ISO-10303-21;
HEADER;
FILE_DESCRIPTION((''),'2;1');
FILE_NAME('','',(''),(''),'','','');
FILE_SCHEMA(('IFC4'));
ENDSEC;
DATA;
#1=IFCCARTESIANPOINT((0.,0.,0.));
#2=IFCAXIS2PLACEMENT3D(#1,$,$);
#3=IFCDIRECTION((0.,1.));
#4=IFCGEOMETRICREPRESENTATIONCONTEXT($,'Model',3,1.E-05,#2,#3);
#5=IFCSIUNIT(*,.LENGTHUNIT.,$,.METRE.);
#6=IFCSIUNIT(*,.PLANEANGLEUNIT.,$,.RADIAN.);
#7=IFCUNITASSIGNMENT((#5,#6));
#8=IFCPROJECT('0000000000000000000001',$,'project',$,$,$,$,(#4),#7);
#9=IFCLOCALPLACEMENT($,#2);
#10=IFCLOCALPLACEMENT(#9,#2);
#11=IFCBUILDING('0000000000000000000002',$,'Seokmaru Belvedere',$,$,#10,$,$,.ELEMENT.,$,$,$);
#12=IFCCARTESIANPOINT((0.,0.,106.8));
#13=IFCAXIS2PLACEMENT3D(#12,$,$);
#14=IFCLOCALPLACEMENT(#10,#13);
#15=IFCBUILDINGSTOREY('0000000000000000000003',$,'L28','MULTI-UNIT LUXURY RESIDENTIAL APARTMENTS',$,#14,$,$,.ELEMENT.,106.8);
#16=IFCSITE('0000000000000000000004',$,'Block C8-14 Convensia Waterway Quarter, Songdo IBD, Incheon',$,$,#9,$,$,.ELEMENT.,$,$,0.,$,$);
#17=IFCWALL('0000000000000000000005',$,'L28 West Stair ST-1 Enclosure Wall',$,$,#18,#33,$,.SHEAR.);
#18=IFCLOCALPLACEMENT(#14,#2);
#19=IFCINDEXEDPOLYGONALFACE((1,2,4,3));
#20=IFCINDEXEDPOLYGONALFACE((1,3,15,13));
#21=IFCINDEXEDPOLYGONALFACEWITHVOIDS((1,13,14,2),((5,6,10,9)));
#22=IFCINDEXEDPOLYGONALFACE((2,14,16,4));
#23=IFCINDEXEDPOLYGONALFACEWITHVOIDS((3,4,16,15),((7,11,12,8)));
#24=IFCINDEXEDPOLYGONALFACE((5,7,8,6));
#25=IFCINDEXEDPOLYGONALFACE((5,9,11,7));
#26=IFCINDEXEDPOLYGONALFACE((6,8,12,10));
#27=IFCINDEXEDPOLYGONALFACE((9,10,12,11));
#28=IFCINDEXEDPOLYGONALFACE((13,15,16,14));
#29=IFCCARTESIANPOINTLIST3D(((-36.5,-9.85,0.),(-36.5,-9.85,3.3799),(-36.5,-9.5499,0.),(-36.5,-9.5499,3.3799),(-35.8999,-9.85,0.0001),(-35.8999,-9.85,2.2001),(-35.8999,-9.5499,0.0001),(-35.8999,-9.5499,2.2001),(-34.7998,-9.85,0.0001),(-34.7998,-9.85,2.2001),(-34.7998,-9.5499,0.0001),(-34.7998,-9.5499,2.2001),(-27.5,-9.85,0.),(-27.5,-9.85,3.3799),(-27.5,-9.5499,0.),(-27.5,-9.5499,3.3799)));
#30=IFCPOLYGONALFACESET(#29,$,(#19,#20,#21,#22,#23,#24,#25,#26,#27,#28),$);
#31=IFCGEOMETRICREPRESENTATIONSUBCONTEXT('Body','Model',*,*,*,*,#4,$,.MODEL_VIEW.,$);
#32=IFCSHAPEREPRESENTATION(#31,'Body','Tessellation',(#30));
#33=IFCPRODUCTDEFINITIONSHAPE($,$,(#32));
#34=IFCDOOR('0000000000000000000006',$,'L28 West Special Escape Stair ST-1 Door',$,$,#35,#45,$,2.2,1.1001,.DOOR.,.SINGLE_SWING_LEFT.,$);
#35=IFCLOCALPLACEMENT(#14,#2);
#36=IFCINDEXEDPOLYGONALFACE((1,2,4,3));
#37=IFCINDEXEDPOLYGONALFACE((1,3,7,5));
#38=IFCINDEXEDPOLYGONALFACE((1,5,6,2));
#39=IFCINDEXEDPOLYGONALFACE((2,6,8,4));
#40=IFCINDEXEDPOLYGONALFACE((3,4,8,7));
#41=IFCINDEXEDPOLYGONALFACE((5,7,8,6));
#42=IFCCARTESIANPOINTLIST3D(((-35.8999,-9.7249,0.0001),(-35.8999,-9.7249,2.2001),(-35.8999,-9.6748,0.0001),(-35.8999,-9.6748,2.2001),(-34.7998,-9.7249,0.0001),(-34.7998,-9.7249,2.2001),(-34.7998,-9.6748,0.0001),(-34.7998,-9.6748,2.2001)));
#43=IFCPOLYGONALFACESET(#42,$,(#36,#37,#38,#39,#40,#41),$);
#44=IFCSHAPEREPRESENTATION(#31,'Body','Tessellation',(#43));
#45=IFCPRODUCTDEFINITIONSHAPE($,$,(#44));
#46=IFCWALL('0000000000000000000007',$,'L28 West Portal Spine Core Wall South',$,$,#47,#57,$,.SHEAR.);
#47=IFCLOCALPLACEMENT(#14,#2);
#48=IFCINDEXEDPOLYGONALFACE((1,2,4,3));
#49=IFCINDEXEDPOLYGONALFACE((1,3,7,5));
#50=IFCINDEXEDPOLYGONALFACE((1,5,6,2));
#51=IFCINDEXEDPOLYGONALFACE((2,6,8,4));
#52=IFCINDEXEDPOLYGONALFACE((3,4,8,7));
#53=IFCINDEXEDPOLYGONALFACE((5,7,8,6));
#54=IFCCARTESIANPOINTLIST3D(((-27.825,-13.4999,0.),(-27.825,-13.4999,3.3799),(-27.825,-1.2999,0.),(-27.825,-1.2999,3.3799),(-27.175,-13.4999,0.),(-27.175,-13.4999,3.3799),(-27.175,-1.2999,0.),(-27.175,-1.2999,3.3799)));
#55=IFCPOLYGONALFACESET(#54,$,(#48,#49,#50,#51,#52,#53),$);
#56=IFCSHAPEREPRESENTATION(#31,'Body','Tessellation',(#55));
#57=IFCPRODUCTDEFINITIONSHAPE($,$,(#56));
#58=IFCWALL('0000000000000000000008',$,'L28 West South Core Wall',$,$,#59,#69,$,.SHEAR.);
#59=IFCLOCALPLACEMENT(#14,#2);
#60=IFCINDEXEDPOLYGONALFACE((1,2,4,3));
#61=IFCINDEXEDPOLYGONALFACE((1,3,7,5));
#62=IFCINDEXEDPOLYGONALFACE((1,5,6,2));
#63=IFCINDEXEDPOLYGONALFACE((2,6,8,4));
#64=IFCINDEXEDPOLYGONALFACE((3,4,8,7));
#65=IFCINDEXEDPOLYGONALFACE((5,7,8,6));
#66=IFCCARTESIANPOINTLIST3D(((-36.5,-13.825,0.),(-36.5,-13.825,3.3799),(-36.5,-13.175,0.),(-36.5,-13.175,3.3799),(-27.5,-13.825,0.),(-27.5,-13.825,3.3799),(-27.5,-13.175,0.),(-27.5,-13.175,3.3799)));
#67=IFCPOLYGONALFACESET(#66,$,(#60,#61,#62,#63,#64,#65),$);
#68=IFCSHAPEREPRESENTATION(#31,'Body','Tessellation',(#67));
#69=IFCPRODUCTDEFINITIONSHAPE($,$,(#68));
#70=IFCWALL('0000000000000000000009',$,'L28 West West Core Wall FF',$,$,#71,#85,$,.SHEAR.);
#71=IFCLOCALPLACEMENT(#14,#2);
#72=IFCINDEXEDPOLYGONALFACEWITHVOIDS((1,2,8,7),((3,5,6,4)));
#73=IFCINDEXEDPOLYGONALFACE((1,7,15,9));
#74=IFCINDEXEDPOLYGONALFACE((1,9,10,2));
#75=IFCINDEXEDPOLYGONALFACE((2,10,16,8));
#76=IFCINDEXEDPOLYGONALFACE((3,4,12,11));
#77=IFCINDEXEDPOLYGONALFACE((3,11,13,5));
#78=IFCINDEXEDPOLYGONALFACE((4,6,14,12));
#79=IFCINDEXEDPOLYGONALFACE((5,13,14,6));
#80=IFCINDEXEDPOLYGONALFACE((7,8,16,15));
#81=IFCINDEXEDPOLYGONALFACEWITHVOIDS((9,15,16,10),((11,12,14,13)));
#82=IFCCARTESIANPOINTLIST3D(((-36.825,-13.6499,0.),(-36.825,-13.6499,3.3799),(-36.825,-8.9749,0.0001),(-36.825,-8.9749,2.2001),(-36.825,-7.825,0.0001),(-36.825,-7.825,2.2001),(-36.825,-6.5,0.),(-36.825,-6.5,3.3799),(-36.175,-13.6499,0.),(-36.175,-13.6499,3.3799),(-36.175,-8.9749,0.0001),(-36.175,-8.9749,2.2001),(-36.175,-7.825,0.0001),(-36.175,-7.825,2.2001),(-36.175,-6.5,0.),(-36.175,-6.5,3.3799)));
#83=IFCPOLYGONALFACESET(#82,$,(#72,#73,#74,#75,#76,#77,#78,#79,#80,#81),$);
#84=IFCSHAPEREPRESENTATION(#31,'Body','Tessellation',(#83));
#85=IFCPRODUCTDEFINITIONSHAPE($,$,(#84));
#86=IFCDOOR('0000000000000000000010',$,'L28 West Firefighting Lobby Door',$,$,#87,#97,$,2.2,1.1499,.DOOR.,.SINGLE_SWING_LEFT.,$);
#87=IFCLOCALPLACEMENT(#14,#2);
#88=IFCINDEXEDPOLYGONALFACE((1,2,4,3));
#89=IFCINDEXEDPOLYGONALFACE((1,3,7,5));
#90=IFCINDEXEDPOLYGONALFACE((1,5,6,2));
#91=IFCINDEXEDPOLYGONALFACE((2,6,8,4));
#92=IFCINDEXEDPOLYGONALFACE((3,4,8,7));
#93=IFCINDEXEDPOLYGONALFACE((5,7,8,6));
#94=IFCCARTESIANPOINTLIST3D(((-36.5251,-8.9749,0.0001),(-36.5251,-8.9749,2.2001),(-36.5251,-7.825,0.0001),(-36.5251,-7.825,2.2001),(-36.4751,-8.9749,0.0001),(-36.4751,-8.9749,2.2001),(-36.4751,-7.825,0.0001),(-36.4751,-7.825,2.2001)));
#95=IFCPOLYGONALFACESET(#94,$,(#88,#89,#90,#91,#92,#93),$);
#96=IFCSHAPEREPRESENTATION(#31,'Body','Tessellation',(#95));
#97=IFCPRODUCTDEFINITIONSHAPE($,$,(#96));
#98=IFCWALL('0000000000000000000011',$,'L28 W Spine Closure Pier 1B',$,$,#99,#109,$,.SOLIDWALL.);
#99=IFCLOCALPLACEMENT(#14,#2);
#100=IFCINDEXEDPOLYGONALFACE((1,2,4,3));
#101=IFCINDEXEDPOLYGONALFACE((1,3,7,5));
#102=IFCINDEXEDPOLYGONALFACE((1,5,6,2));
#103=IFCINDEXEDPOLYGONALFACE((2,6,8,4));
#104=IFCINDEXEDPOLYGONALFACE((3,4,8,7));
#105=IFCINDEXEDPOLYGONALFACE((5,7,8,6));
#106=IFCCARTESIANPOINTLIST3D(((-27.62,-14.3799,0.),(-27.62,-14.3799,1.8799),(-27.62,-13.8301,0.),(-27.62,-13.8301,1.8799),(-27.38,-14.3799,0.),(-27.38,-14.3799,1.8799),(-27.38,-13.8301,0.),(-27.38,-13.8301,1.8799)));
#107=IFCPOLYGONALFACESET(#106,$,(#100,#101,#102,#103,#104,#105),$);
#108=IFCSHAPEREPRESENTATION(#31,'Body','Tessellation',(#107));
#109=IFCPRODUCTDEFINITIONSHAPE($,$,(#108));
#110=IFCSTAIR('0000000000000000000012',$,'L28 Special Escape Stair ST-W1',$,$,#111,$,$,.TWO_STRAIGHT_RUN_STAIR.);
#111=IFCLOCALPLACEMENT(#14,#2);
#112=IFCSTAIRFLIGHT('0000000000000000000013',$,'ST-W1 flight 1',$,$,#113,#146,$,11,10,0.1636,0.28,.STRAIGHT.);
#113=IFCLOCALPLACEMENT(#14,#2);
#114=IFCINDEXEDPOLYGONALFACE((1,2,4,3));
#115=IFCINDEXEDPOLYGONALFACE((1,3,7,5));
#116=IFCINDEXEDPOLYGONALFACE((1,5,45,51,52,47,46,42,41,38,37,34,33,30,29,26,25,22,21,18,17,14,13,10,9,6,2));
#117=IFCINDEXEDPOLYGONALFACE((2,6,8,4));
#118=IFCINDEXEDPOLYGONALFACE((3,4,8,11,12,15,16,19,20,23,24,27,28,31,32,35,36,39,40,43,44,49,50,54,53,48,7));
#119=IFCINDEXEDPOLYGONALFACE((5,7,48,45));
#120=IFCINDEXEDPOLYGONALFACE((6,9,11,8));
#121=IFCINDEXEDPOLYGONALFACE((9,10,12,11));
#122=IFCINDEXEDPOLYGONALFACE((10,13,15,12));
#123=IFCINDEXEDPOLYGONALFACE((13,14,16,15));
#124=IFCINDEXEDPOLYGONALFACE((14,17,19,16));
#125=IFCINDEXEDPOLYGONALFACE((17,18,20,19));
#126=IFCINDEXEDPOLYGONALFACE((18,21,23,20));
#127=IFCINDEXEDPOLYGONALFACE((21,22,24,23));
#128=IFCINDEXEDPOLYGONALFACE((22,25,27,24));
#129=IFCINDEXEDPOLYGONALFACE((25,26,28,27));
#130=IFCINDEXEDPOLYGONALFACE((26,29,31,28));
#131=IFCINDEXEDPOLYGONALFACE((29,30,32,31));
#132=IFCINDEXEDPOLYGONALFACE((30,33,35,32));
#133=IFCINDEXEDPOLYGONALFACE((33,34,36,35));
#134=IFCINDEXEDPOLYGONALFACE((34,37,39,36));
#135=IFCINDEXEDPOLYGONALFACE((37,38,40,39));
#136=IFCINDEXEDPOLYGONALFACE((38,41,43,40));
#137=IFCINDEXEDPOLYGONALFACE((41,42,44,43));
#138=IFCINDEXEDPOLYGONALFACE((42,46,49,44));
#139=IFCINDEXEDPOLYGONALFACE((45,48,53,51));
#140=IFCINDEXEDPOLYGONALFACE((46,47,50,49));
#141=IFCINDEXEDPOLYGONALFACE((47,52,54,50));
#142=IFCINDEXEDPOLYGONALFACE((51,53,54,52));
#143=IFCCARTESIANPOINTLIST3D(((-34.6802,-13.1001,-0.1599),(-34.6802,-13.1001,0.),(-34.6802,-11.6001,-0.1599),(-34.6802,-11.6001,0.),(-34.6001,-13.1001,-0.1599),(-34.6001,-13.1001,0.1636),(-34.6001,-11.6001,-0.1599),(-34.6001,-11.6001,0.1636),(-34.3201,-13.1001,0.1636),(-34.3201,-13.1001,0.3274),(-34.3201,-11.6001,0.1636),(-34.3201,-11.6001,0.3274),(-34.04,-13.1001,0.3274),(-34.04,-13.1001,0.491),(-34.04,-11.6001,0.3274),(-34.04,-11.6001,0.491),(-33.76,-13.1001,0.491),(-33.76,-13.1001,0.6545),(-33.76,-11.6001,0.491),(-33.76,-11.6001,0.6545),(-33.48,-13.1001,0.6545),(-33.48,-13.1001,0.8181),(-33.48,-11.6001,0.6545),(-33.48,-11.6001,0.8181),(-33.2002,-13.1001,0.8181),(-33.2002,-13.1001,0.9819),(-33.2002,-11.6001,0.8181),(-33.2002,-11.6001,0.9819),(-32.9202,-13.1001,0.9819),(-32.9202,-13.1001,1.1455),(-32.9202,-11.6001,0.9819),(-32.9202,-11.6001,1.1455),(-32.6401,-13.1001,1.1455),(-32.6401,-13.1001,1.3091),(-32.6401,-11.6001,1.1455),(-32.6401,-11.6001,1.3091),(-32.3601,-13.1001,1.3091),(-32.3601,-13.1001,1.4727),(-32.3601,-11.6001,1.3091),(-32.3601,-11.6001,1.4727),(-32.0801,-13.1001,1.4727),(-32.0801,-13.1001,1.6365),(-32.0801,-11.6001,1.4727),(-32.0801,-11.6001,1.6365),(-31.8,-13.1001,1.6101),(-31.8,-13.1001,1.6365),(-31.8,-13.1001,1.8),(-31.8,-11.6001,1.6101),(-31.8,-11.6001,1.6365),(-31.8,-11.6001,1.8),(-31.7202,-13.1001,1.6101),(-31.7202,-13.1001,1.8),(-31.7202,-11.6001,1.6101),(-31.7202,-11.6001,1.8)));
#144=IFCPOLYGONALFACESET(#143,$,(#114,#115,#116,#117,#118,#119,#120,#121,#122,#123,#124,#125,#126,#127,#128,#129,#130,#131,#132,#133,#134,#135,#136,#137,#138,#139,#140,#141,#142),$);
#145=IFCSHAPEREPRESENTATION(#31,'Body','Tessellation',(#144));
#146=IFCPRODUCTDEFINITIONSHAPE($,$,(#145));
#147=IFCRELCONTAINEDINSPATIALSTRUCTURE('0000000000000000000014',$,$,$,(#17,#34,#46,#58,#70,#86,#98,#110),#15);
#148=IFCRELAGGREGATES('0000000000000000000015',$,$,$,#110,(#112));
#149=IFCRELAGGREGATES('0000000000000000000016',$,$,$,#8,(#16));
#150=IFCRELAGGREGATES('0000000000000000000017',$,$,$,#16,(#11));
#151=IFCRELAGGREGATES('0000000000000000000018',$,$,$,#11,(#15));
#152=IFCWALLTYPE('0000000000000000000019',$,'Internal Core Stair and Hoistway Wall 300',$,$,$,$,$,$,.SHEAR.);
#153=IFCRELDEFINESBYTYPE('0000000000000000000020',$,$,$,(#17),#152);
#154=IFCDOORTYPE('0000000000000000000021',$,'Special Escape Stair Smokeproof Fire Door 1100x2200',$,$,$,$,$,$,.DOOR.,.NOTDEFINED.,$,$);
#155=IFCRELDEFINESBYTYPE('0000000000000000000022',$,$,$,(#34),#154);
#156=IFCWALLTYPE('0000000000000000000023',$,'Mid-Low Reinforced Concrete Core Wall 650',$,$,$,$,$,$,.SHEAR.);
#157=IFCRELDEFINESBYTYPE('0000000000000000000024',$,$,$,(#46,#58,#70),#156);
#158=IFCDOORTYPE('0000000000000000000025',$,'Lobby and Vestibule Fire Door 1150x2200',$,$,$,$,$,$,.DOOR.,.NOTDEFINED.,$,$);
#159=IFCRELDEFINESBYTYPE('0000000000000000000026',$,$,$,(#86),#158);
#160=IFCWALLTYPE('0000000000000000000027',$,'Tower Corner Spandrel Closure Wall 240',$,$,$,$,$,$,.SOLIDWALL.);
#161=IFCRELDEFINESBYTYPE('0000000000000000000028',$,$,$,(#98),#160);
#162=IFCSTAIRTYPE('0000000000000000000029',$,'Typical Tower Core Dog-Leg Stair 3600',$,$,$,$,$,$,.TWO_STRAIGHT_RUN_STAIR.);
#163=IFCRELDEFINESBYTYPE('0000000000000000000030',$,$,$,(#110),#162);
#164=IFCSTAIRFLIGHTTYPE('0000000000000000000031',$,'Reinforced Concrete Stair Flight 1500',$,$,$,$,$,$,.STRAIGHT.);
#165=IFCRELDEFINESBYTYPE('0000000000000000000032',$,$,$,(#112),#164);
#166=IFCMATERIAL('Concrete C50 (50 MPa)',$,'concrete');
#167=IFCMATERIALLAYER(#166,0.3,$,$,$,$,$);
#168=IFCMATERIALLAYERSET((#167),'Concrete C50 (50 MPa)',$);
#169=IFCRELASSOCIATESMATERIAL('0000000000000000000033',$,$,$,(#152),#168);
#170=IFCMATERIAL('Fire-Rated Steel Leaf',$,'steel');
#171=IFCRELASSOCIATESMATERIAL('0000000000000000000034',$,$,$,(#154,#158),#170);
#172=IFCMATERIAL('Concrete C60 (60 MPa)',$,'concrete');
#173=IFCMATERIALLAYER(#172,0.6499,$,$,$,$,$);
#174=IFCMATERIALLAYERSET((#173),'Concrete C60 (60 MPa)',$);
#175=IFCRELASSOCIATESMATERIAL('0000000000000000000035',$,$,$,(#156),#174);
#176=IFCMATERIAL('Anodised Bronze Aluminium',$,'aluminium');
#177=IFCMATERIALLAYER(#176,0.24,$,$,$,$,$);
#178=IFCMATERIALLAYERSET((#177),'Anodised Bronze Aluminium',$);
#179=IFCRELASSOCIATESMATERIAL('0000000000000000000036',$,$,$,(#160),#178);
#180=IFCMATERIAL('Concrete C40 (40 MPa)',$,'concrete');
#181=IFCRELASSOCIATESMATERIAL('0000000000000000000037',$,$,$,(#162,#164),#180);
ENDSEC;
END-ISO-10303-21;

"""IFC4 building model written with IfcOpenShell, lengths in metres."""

from ifc_helpers import new_model, si_unit, direction, frame, frame_2d, origin, place, context, subcontext, project, spatial, polyline, rectangle, outline, extrude, source, transform, mapped, material, layer, layer_set, type_object, type_shapes, element, fill, aggregate, save


model = new_model("IFC4")

# Units and contexts
model_context = context("Model", 3, precision=1e-05, world=origin(), true_north=direction((0.0, 1.0)))
body_context = subcontext(model_context, "Body", "Model", "MODEL_VIEW")
ifc_project = project(units=[si_unit("LENGTHUNIT", "METRE"), si_unit("PLANEANGLEUNIT", "RADIAN")], contexts=[model_context])

# Site, building, storey
site_placement = place(None, origin())
site = spatial("IfcSite", under=ifc_project, at=site_placement, Name="Block C8-14 Convensia Waterway Quarter, Songdo IBD, Incheon", CompositionType="ELEMENT", RefElevation=0.0)
building_placement = place(site_placement, origin())
building = spatial("IfcBuilding", under=site, at=building_placement, Name="Seokmaru Belvedere", CompositionType="ELEMENT")
storey_placement = place(building_placement, frame((0.0, 0.0, 106.8)))
storey = spatial("IfcBuildingStorey", under=building, at=storey_placement, Name="L28", Description="MULTI-UNIT LUXURY RESIDENTIAL APARTMENTS", CompositionType="ELEMENT", Elevation=106.8)

# Shared definitions
ifc_material_1 = material(Name="Anodised Bronze Aluminium", Category="aluminium")

# Wall, opening, door
ifc_material_2 = material(Name="Concrete C50 (50 MPa)", Category="concrete")
ifc_layer_1 = layer(ifc_material_2, 0.3)
ifc_layer_set_1 = layer_set([ifc_layer_1], Name="Concrete C50 (50 MPa)")
wall_type_1 = type_object("IfcWallType", Name="Internal Core Stair and Hoistway Wall 300", PredefinedType="SHEAR", material=ifc_layer_set_1)
wall_1_placement = place(storey_placement, frame((-36.5, -9.7, 0.0), z_axis=(0.0, 0.0, 1.0), x_axis=(1.0, 0.0, 0.0)))
wall_1 = element("IfcWall", 1, at=wall_1_placement, inside=storey, type_object=wall_type_1, Name="L28 West Stair ST-1 Enclosure Wall", PredefinedType="SHEAR", context=body_context, shape_type="SweptSolid", body=[
    extrude(rectangle(XDim=9.0, YDim=0.3, at=frame_2d((4.5, 0.0))), origin(), (0.0, 0.0, 1.0), 3.3799),
])
opening_1_placement = place(wall_1_placement, frame((0.6001, 0.0, 0.0)))
opening_1 = element("IfcOpeningElement", 2, at=opening_1_placement, cuts=wall_1, PredefinedType="OPENING", context=body_context, shape_type="SweptSolid", body=[
    extrude(rectangle(XDim=1.1001, YDim=2.2, at=frame_2d((0.55, 1.1001))), frame((0.0, 0.1602, 0.0), z_axis=(0.0, -1.0, 0.0), x_axis=(1.0, 0.0, 0.0)), (0.0, 0.0, 1.0), 0.3201),
])
ifc_material_3 = material(Name="Fire-Rated Steel Leaf", Category="steel")
door_type_1 = type_object("IfcDoorType", Name="Special Escape Stair Smokeproof Fire Door 1100x2200", OperationType="NOTDEFINED", PredefinedType="DOOR", material=ifc_material_3)
shared_shape_1 = source(origin(), body_context, "Body", "SweptSolid", [
    extrude(rectangle(XDim=1.1001, YDim=2.2, at=frame_2d((0.55, 1.1001))), frame((0.0, 0.0249, 0.0), z_axis=(0.0, -1.0, 0.0), x_axis=(1.0, 0.0, 0.0)), (0.0, 0.0, 1.0), 0.05),
])
type_shapes(door_type_1, [shared_shape_1])
door_1_placement = place(opening_1_placement, frame((1.1001, 0.0, 0.0), z_axis=(0.0, 0.0, 1.0), x_axis=(-1.0, 0.0, 0.0)))
door_1 = element("IfcDoor", 3, at=door_1_placement, inside=storey, type_object=door_type_1, Name="L28 West Special Escape Stair ST-1 Door", OperationType="SINGLE_SWING_LEFT", OverallHeight=2.2, OverallWidth=1.1001, PredefinedType="DOOR", context=body_context, shape_type="MappedRepresentation", body=[
    mapped(shared_shape_1, transform((0.0, 0.0, 0.0), scale=1.0)),
])
fill(opening_1, door_1)

# Walls
ifc_material_4 = material(Name="Concrete C60 (60 MPa)", Category="concrete")
ifc_layer_2 = layer(ifc_material_4, 0.6499)
ifc_layer_set_2 = layer_set([ifc_layer_2], Name="Concrete C60 (60 MPa)")
wall_type_2 = type_object("IfcWallType", Name="Mid-Low Reinforced Concrete Core Wall 650", PredefinedType="SHEAR", material=ifc_layer_set_2)
wall_2_placement = place(storey_placement, frame((-27.5, -13.5, 0.0), z_axis=(0.0, 0.0, 1.0), x_axis=(0.0, 1.0, 0.0)))
element("IfcWall", 4, at=wall_2_placement, inside=storey, type_object=wall_type_2, Name="L28 West Portal Spine Core Wall South", PredefinedType="SHEAR", context=body_context, shape_type="SweptSolid", body=[
    extrude(rectangle(XDim=12.2, YDim=0.6499, at=frame_2d((6.1001, 0.0))), origin(), (0.0, 0.0, 1.0), 3.3799),
])
wall_3_placement = place(storey_placement, frame((-36.5, -13.5, 0.0), z_axis=(0.0, 0.0, 1.0), x_axis=(1.0, 0.0, 0.0)))
element("IfcWall", 5, at=wall_3_placement, inside=storey, type_object=wall_type_2, Name="L28 West South Core Wall", PredefinedType="SHEAR", context=body_context, shape_type="SweptSolid", body=[
    extrude(rectangle(XDim=9.0, YDim=0.6499, at=frame_2d((4.5, 0.0))), origin(), (0.0, 0.0, 1.0), 3.3799),
])

# Wall, opening, door
wall_4_placement = place(storey_placement, frame((-36.5, -13.6499, 0.0), z_axis=(0.0, 0.0, 1.0), x_axis=(0.0, 1.0, 0.0)))
wall_4 = element("IfcWall", 6, at=wall_4_placement, inside=storey, type_object=wall_type_2, Name="L28 West West Core Wall FF", PredefinedType="SHEAR", context=body_context, shape_type="SweptSolid", body=[
    extrude(rectangle(XDim=7.1499, YDim=0.6499, at=frame_2d((3.575, 0.0))), origin(), (0.0, 0.0, 1.0), 3.3799),
])
opening_2_placement = place(wall_4_placement, frame((4.675, 0.0, 0.0)))
opening_2 = element("IfcOpeningElement", 7, at=opening_2_placement, cuts=wall_4, PredefinedType="OPENING", context=body_context, shape_type="SweptSolid", body=[
    extrude(rectangle(XDim=1.1499, YDim=2.2, at=frame_2d((0.575, 1.1001))), frame((0.0, 0.335, 0.0), z_axis=(0.0, -1.0, 0.0), x_axis=(1.0, 0.0, 0.0)), (0.0, 0.0, 1.0), 0.6699),
])
door_type_2 = type_object("IfcDoorType", Name="Lobby and Vestibule Fire Door 1150x2200", OperationType="NOTDEFINED", PredefinedType="DOOR", material=ifc_material_3)
shared_shape_2 = source(origin(), body_context, "Body", "SweptSolid", [
    extrude(rectangle(XDim=1.1499, YDim=2.2, at=frame_2d((0.575, 1.1001))), frame((0.0, 0.0249, 0.0), z_axis=(0.0, -1.0, 0.0), x_axis=(1.0, 0.0, 0.0)), (0.0, 0.0, 1.0), 0.05),
])
type_shapes(door_type_2, [shared_shape_2])
door_2_placement = place(opening_2_placement, frame((1.1499, 0.0, 0.0), z_axis=(0.0, 0.0, 1.0), x_axis=(-1.0, 0.0, 0.0)))
door_2 = element("IfcDoor", 8, at=door_2_placement, inside=storey, type_object=door_type_2, Name="L28 West Firefighting Lobby Door", OperationType="SINGLE_SWING_LEFT", OverallHeight=2.2, OverallWidth=1.1499, PredefinedType="DOOR", context=body_context, shape_type="MappedRepresentation", body=[
    mapped(shared_shape_2, transform((0.0, 0.0, 0.0), scale=1.0)),
])
fill(opening_2, door_2)

# Wall
ifc_layer_3 = layer(ifc_material_1, 0.24)
ifc_layer_set_3 = layer_set([ifc_layer_3], Name="Anodised Bronze Aluminium")
wall_type_3 = type_object("IfcWallType", Name="Tower Corner Spandrel Closure Wall 240", PredefinedType="SOLIDWALL", material=ifc_layer_set_3)
wall_5_placement = place(storey_placement, frame((-27.5, -14.3799, 0.0), z_axis=(0.0, 0.0, 1.0), x_axis=(0.0, 1.0, 0.0)))
element("IfcWall", 9, at=wall_5_placement, inside=storey, type_object=wall_type_3, Name="L28 W Spine Closure Pier 1B", PredefinedType="SOLIDWALL", context=body_context, shape_type="SweptSolid", body=[
    extrude(rectangle(XDim=0.5498, YDim=0.24, at=frame_2d((0.2749, 0.0))), origin(), (0.0, 0.0, 1.0), 1.8799),
])

# Stair, stair flight
ifc_material_5 = material(Name="Concrete C40 (40 MPa)", Category="concrete")
stair_type = type_object("IfcStairType", Name="Typical Tower Core Dog-Leg Stair 3600", PredefinedType="TWO_STRAIGHT_RUN_STAIR", material=ifc_material_5)
stair_placement = place(storey_placement, origin())
stair = element("IfcStair", 10, at=stair_placement, inside=storey, type_object=stair_type, Name="L28 Special Escape Stair ST-W1", PredefinedType="TWO_STRAIGHT_RUN_STAIR")
stair_flight_type = type_object("IfcStairFlightType", Name="Reinforced Concrete Stair Flight 1500", PredefinedType="STRAIGHT", material=ifc_material_5)
stair_flight_1_placement = place(storey_placement, frame((-34.6001, -12.3501, 0.0), z_axis=(0.0, 0.0, 1.0), x_axis=(1.0, 0.0, 0.0)))
stair_flight_1 = element("IfcStairFlight", 11, at=stair_flight_1_placement, type_object=stair_flight_type, Name="ST-W1 flight 1", NumberOfRisers=11, NumberOfTreads=10, PredefinedType="STRAIGHT", RiserHeight=0.1636, TreadLength=0.28, context=body_context, shape_type="SweptSolid", body=[
    extrude(outline(polyline([(-0.0801, 0.0), (0.0, 0.1636), (0.28, 0.1636), (0.28, 0.3274), (0.5601, 0.3274), (0.5601, 0.491), (0.8401, 0.491), (0.8401, 0.6545), (1.1201, 0.6545), (1.1201, 0.8181), (1.3999, 0.8181), (1.3999, 0.9819), (1.6799, 0.9819), (1.6799, 1.1455), (1.96, 1.1455), (1.96, 1.3091), (2.24, 1.3091), (2.24, 1.4727), (2.52, 1.4727), (2.52, 1.6365), (2.8, 1.6365), (2.8, 1.8), (2.8799, 1.8), (2.8799, 1.6101), (2.8, 1.6101), (0.0, -0.1599), (-0.0801, -0.1599), (-0.0801, 0.0)])), frame((0.0, 0.75, 0.0), z_axis=(0.0, -1.0, 0.0), x_axis=(1.0, 0.0, 0.0)), (0.0, 0.0, 1.0), 1.5),
])
aggregate(stair, [stair_flight_1])

save(model, "model.ifc")
